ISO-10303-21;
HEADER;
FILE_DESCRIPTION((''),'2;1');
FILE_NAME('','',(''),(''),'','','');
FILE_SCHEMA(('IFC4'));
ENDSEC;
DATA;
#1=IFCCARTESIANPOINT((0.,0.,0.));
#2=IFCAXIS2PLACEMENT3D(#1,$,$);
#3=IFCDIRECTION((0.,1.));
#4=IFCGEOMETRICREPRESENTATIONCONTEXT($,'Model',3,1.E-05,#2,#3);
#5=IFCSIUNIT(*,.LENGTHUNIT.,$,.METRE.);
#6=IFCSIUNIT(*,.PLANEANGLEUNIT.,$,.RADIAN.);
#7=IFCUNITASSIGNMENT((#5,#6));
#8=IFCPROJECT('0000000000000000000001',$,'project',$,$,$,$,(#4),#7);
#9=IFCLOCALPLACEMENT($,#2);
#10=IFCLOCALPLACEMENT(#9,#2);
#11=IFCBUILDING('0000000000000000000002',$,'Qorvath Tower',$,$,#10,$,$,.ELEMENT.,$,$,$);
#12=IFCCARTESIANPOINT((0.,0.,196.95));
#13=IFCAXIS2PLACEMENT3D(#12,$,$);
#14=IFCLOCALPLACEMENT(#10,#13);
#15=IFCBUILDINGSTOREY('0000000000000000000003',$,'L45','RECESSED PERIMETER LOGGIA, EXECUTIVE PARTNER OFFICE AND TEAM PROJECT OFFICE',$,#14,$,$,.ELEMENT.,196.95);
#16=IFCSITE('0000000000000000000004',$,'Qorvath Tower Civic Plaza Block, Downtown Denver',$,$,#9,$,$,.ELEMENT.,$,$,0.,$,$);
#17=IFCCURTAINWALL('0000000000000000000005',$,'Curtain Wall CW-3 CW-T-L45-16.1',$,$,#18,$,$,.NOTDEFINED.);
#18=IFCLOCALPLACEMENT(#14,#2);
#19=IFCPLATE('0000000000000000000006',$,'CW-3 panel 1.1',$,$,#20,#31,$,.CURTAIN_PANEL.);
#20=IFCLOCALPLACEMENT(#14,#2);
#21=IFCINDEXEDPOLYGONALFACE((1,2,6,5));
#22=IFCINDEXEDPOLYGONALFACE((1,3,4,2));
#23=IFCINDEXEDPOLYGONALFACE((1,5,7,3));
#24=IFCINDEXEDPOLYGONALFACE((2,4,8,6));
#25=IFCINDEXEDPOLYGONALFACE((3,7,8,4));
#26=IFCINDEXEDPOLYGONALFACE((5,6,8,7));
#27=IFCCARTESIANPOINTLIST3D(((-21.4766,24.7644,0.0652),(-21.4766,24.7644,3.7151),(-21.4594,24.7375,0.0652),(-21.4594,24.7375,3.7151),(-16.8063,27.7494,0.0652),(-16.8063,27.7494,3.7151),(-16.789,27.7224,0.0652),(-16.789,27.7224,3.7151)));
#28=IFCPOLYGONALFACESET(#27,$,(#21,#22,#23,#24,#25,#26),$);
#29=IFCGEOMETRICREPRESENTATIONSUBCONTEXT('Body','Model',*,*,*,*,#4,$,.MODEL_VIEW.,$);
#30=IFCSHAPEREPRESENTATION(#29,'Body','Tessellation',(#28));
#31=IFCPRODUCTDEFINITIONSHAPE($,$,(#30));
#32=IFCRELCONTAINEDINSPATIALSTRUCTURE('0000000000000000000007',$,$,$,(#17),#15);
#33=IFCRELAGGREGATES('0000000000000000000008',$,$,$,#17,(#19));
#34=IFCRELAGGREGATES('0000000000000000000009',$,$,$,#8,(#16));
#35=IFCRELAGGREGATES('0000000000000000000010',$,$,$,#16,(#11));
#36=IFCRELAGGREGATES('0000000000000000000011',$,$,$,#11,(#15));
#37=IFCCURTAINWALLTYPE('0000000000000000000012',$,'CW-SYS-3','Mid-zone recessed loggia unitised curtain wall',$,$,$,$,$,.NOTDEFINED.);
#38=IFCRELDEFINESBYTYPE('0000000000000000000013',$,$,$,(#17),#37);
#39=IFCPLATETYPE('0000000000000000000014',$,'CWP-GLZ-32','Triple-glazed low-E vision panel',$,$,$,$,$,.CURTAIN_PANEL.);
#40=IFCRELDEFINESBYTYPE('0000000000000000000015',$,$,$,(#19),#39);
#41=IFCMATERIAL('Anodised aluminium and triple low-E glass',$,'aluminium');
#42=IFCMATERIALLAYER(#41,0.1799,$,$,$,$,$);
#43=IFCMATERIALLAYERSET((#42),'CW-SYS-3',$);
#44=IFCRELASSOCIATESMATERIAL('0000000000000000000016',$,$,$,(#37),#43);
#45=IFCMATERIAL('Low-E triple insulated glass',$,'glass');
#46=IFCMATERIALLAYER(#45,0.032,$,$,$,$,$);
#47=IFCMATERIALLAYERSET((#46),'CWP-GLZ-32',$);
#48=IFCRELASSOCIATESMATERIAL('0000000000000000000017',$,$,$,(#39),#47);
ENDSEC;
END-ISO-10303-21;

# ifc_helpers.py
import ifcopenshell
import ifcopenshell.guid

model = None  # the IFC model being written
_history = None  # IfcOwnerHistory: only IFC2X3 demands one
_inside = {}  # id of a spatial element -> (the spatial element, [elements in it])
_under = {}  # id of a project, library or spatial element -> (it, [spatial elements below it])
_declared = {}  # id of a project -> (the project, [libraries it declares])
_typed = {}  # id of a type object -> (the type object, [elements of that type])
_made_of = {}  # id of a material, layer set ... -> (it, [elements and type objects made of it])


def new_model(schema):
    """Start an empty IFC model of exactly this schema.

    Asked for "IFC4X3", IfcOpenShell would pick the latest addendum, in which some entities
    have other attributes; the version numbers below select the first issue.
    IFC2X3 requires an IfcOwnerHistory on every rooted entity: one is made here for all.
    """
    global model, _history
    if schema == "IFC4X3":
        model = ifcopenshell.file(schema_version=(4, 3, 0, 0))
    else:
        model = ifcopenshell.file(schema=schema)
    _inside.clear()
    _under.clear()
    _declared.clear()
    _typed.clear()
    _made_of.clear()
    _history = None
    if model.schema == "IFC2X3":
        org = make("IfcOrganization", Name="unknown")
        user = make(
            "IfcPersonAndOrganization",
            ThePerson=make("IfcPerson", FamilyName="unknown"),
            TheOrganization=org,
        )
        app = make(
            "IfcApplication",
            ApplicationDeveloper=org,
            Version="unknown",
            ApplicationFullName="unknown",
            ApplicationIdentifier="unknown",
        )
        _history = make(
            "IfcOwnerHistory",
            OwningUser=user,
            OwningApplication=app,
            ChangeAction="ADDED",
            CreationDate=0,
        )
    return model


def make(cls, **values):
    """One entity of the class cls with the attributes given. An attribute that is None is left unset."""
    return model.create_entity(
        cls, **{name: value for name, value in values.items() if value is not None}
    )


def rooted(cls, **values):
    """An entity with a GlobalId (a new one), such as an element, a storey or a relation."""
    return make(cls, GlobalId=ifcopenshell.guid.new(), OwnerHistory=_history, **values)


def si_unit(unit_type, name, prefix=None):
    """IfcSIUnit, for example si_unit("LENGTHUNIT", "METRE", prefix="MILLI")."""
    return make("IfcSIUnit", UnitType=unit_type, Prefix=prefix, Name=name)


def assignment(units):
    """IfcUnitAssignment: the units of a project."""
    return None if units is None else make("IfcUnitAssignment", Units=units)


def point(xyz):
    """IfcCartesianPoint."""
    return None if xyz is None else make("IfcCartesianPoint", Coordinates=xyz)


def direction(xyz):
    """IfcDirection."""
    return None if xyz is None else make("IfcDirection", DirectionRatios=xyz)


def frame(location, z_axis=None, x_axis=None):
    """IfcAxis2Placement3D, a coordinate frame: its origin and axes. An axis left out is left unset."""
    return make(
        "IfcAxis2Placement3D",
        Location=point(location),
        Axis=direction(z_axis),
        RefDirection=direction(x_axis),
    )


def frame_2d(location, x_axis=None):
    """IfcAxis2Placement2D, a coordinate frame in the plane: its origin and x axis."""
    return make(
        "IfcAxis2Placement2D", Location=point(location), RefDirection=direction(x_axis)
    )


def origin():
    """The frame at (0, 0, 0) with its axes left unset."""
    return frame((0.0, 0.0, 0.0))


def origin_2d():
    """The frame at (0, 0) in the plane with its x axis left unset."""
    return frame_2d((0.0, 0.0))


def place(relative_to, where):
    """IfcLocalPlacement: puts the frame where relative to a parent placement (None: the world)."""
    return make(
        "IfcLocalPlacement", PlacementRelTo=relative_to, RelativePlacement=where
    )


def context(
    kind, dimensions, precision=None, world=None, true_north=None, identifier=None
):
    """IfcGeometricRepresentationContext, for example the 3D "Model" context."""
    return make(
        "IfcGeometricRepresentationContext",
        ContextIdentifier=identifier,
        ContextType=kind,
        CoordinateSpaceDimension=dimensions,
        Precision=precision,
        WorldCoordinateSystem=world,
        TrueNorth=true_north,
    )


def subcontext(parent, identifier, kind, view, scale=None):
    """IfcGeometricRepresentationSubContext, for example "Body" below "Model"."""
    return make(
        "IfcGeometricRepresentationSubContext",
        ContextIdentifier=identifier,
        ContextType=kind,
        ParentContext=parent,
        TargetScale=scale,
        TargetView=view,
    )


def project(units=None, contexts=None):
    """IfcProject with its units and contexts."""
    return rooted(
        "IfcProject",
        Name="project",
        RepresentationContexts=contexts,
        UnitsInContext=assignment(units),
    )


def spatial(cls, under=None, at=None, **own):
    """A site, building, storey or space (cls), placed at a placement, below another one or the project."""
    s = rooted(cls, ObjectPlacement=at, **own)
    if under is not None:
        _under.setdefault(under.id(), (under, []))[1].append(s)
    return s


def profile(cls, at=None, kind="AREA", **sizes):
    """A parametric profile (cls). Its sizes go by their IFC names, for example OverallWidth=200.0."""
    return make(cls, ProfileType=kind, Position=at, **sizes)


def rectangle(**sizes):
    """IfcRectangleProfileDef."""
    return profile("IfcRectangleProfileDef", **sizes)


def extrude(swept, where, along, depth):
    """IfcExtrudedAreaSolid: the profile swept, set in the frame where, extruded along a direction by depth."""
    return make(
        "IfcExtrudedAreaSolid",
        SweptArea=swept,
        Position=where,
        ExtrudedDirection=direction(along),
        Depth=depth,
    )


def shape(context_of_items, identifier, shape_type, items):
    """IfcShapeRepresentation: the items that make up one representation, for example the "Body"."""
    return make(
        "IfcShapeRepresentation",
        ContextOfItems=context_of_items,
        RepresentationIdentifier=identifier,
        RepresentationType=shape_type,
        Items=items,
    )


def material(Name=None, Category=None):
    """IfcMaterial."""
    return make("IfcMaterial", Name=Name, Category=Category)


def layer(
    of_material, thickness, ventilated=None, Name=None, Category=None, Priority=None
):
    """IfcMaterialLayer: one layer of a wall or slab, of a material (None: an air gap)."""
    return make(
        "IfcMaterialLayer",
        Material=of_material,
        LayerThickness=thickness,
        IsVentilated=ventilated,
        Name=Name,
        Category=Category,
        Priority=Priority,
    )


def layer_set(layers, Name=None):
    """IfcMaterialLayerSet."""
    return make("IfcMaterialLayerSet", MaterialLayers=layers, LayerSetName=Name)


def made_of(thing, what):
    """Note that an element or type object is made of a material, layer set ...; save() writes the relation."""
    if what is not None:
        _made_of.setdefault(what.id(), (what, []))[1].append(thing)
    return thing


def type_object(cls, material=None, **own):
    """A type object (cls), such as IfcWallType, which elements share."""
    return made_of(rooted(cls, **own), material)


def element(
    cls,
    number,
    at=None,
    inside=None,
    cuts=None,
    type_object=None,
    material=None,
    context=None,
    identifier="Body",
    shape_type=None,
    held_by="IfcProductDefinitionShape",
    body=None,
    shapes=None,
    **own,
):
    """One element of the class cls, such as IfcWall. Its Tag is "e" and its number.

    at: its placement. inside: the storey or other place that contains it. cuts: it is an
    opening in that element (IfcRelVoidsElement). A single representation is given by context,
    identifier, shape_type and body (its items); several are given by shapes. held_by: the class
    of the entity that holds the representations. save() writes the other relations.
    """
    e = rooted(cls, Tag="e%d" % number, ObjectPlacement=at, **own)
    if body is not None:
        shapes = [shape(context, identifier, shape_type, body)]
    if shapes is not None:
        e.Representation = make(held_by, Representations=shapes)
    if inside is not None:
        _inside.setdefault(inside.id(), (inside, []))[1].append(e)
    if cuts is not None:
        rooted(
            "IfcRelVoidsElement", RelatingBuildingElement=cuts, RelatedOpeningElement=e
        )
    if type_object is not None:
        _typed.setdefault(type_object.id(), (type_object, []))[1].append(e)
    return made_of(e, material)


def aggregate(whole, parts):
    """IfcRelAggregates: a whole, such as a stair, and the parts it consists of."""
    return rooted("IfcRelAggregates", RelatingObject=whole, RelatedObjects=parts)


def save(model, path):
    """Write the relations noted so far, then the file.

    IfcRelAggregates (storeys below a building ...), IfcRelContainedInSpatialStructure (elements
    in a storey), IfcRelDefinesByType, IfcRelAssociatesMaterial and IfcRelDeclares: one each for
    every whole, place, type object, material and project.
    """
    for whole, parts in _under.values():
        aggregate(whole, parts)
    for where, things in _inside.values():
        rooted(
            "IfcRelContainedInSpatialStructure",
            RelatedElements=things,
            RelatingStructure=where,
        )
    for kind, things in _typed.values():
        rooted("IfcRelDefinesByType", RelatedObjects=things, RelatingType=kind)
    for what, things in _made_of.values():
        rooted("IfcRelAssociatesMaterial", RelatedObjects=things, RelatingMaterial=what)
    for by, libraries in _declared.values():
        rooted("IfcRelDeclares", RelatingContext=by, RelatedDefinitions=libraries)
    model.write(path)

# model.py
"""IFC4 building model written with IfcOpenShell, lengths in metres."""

from ifc_helpers import new_model, si_unit, direction, frame, origin, origin_2d, place, context, subcontext, project, spatial, rectangle, extrude, material, layer, layer_set, type_object, element, aggregate, save


model = new_model("IFC4")

# Units and contexts
model_context = context("Model", 3, precision=1e-05, world=origin(), true_north=direction((0.0, 1.0)))
body_context = subcontext(model_context, "Body", "Model", "MODEL_VIEW")
ifc_project = project(units=[si_unit("LENGTHUNIT", "METRE"), si_unit("PLANEANGLEUNIT", "RADIAN")], contexts=[model_context])

# Site, building, storey
site_placement = place(None, origin())
site = spatial("IfcSite", under=ifc_project, at=site_placement, Name="Qorvath Tower Civic Plaza Block, Downtown Denver", CompositionType="ELEMENT", RefElevation=0.0)
building_placement = place(site_placement, origin())
building = spatial("IfcBuilding", under=site, at=building_placement, Name="Qorvath Tower", CompositionType="ELEMENT")
storey_placement = place(building_placement, frame((0.0, 0.0, 196.95)))
storey = spatial("IfcBuildingStorey", under=building, at=storey_placement, Name="L45", Description="RECESSED PERIMETER LOGGIA, EXECUTIVE PARTNER OFFICE AND TEAM PROJECT OFFICE", CompositionType="ELEMENT", Elevation=196.95)

# Shared definitions
ifc_material_1 = material(Name="Anodised aluminium and triple low-E glass", Category="aluminium")
ifc_layer_1 = layer(ifc_material_1, 0.1799)
ifc_layer_set_1 = layer_set([ifc_layer_1], Name="CW-SYS-3")
curtain_wall_type = type_object("IfcCurtainWallType", Name="CW-SYS-3", Description="Mid-zone recessed loggia unitised curtain wall", PredefinedType="NOTDEFINED", material=ifc_layer_set_1)

# Curtain wall
curtain_wall_1_placement = place(storey_placement, origin())
curtain_wall_1 = element("IfcCurtainWall", 1, at=curtain_wall_1_placement, inside=storey, type_object=curtain_wall_type, Name="Curtain Wall CW-3 CW-T-L45-16.1", PredefinedType="NOTDEFINED")

# Plate
ifc_material_2 = material(Name="Low-E triple insulated glass", Category="glass")
ifc_layer_2 = layer(ifc_material_2, 0.032)
ifc_layer_set_2 = layer_set([ifc_layer_2], Name="CWP-GLZ-32")
plate_type = type_object("IfcPlateType", Name="CWP-GLZ-32", Description="Triple-glazed low-E vision panel", PredefinedType="CURTAIN_PANEL", material=ifc_layer_set_2)
plate_1_placement = place(storey_placement, frame((-19.1328, 26.2434, 0.0652), z_axis=(0.0, 0.0, 1.0), x_axis=(-0.842604, -0.538534, 0.0)))
plate_1 = element("IfcPlate", 2, at=plate_1_placement, type_object=plate_type, Name="CW-3 panel 1.1", PredefinedType="CURTAIN_PANEL", context=body_context, shape_type="SweptSolid", body=[
    extrude(rectangle(XDim=5.5427, YDim=0.032, at=origin_2d()), origin(), (0.0, 0.0, 1.0), 3.6499),
])
aggregate(curtain_wall_1, [plate_1])

save(model, "model.ifc")
